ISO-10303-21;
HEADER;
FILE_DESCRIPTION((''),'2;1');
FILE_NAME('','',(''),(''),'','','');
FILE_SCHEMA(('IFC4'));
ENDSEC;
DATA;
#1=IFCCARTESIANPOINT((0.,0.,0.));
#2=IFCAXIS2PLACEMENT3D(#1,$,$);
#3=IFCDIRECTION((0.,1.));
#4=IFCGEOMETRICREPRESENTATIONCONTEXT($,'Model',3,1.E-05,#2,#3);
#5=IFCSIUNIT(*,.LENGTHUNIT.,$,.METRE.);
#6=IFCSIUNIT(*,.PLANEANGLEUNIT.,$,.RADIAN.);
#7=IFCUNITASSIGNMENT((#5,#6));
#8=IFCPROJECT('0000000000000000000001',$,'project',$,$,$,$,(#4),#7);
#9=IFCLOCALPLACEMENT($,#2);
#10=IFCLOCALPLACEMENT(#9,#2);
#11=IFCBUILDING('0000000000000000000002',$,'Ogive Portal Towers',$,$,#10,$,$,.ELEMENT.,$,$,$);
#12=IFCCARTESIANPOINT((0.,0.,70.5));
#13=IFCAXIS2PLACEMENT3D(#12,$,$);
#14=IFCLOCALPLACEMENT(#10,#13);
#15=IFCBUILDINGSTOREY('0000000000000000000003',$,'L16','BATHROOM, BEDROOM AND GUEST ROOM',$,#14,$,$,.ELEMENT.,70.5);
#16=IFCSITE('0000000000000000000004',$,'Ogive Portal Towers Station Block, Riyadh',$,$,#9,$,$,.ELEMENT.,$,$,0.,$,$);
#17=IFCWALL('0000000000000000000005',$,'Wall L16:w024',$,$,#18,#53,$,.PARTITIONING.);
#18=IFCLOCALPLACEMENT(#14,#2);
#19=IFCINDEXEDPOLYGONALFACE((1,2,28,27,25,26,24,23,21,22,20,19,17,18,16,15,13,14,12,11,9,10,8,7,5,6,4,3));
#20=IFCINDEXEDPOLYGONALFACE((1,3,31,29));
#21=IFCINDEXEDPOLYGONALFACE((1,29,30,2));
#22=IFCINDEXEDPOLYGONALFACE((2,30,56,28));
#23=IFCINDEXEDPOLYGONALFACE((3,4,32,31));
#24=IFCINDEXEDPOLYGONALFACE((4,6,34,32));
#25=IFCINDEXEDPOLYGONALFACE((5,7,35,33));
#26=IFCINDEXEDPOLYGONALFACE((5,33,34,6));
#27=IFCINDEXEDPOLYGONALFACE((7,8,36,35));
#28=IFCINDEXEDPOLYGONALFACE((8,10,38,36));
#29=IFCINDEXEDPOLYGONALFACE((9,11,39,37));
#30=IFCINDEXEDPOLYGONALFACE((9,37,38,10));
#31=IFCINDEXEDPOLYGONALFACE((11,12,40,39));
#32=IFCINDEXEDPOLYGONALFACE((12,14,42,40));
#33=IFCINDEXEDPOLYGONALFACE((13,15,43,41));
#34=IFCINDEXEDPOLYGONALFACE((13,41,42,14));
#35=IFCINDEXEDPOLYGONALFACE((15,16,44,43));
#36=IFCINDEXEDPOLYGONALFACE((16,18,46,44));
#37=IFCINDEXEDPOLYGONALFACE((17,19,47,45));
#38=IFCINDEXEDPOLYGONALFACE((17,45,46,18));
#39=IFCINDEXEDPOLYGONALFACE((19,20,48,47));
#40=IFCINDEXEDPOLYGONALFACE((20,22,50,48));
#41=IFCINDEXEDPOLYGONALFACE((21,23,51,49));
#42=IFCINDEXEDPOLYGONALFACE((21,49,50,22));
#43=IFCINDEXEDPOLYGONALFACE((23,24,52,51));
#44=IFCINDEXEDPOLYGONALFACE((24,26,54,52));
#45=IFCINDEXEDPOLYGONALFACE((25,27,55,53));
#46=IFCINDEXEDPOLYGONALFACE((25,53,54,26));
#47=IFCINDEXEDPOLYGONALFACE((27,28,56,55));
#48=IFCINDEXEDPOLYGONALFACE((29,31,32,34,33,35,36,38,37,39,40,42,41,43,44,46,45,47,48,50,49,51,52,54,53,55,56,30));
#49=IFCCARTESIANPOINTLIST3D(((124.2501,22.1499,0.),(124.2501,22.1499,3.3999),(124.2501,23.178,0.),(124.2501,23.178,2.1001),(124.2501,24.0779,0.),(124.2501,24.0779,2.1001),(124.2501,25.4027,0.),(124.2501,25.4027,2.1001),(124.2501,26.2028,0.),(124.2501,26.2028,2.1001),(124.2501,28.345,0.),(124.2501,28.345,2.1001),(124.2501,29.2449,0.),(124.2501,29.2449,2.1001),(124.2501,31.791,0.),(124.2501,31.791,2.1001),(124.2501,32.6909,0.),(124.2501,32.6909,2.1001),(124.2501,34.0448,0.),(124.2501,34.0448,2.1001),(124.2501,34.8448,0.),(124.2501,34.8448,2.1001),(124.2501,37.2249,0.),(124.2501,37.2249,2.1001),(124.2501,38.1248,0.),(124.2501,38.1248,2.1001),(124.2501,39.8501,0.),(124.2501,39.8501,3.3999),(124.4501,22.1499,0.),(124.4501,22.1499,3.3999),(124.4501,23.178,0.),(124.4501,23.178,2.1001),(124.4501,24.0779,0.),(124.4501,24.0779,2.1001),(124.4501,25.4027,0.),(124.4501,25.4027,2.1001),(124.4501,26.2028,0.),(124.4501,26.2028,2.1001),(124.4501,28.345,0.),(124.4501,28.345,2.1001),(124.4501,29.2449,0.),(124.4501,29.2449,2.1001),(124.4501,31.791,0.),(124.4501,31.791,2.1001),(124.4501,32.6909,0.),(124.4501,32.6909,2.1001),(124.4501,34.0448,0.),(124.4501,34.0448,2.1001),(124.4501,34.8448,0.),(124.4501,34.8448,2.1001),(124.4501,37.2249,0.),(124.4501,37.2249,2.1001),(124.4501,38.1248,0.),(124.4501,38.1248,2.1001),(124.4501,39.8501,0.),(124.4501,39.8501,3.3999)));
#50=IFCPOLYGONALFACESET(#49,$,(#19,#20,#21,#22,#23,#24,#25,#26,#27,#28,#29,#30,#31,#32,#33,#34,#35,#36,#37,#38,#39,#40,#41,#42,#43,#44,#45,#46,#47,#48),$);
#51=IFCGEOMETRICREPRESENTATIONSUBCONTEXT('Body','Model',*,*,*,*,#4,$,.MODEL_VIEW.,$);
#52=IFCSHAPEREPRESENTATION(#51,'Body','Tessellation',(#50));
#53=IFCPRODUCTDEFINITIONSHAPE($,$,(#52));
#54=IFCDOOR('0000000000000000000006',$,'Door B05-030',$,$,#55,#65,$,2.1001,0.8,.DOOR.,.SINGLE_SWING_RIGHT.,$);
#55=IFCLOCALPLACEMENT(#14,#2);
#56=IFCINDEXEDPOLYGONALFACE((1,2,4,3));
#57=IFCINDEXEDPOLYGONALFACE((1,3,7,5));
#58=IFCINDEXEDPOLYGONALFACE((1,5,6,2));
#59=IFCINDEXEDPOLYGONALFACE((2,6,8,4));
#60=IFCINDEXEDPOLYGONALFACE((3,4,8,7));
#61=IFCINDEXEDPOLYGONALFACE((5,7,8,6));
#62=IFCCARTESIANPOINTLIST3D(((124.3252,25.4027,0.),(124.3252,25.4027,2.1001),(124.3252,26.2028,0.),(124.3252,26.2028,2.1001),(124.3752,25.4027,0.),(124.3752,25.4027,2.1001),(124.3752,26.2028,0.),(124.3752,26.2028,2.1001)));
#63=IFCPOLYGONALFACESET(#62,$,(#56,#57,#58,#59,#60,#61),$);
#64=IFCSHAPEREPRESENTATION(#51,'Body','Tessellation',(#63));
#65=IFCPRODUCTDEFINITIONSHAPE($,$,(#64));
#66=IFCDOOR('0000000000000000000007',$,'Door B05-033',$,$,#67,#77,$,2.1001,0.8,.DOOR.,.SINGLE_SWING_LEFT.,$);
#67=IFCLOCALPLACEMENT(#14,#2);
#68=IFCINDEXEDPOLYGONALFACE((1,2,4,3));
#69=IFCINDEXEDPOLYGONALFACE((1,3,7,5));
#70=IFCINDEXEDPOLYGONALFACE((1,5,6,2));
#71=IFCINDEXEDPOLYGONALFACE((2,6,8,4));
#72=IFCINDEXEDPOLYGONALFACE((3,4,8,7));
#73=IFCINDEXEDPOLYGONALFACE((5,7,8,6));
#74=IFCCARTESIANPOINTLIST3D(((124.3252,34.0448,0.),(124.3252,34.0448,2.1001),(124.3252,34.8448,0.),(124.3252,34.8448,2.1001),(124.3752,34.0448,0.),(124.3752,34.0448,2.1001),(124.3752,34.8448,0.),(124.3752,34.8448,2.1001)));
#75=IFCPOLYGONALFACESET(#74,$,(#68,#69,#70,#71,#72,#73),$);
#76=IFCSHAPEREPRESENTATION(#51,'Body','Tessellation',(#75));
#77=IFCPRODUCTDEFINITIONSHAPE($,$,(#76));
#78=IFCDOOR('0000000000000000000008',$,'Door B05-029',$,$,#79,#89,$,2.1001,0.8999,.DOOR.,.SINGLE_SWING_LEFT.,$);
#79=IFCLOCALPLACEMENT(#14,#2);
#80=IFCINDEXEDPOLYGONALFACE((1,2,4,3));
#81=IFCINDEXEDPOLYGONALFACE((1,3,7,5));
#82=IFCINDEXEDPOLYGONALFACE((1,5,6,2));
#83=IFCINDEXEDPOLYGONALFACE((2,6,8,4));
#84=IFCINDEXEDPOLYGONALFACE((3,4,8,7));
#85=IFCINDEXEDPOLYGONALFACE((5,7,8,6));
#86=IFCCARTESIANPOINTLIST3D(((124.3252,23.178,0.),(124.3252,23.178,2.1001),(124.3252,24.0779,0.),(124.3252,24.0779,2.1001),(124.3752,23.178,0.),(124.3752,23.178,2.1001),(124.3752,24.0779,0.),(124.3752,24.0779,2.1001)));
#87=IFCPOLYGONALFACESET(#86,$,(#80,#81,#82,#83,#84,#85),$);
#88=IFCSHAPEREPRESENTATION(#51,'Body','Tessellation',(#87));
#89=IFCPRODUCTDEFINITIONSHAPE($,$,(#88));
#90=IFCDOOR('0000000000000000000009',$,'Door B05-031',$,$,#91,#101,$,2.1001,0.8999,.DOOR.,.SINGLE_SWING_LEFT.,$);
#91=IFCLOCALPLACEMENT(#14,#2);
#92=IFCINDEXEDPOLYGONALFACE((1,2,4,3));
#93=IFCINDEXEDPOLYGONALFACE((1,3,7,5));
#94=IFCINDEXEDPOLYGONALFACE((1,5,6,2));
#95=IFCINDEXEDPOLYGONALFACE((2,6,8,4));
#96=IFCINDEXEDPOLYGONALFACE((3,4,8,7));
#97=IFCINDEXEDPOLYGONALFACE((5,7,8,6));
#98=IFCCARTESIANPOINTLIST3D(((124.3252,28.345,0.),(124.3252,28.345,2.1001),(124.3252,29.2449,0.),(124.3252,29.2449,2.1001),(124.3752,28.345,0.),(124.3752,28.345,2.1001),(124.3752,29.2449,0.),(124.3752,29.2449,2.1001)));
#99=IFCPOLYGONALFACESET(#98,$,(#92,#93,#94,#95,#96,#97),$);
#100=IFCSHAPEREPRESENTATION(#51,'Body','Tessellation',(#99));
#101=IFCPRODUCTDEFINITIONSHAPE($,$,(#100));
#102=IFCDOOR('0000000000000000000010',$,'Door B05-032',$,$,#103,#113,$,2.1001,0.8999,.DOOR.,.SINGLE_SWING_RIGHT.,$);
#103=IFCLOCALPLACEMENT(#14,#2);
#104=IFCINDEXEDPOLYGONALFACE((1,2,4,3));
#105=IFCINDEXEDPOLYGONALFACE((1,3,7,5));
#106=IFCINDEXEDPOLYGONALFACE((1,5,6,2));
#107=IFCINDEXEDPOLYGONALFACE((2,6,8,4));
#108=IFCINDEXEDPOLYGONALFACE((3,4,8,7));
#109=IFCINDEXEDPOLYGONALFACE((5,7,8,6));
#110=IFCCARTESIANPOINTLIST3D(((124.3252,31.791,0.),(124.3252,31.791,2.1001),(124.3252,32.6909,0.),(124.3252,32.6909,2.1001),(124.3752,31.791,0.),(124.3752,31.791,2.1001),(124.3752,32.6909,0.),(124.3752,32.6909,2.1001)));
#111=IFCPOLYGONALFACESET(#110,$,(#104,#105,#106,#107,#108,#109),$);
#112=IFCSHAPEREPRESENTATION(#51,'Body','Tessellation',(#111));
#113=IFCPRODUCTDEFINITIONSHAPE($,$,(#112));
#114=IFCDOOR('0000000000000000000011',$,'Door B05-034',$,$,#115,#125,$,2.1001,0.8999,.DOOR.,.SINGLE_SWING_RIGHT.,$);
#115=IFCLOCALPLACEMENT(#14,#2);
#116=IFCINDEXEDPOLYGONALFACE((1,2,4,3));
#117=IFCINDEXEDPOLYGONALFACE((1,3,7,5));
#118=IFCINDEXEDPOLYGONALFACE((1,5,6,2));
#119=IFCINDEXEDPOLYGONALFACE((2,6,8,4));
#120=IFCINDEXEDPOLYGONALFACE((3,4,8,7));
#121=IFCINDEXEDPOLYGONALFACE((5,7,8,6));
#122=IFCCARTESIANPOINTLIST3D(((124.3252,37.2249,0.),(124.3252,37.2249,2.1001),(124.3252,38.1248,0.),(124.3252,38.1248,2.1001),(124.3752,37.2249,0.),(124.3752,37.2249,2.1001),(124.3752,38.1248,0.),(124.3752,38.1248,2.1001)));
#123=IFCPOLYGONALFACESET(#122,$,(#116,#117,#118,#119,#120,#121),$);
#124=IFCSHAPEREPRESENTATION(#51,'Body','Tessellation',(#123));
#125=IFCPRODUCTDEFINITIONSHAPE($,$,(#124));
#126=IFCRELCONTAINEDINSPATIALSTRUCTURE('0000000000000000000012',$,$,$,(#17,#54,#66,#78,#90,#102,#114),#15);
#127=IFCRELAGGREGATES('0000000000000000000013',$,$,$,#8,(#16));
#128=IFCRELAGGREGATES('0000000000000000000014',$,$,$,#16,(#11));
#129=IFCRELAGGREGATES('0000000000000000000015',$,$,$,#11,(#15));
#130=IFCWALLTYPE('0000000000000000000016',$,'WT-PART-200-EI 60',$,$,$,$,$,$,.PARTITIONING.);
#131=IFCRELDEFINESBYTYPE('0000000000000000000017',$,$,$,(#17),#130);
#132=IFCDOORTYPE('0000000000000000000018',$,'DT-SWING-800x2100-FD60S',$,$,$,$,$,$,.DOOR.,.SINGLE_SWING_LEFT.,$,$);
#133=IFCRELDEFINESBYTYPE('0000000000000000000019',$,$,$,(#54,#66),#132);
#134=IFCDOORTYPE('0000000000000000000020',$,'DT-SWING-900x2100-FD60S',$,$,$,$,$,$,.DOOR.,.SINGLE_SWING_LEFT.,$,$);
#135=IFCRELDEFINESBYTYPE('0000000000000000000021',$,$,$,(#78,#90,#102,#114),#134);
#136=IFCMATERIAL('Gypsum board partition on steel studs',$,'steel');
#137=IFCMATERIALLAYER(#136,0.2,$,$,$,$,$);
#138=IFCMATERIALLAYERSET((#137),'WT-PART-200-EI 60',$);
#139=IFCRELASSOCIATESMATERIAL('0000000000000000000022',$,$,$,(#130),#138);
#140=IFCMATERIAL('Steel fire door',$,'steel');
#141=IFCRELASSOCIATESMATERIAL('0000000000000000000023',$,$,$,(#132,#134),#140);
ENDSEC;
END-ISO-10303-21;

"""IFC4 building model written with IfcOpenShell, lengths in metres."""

from ifc_helpers import new_model, si_unit, direction, frame, frame_2d, origin, place, context, subcontext, project, spatial, rectangle, extrude, material, layer, layer_set, type_object, element, fill, save


model = new_model("IFC4")

# Units and contexts
model_context = context("Model", 3, precision=1e-05, world=origin(), true_north=direction((0.0, 1.0)))
body_context = subcontext(model_context, "Body", "Model", "MODEL_VIEW")
ifc_project = project(units=[si_unit("LENGTHUNIT", "METRE"), si_unit("PLANEANGLEUNIT", "RADIAN")], contexts=[model_context])

# Site, building, storey
site_placement = place(None, origin())
site = spatial("IfcSite", under=ifc_project, at=site_placement, Name="Ogive Portal Towers Station Block, Riyadh", CompositionType="ELEMENT", RefElevation=0.0)
building_placement = place(site_placement, origin())
building = spatial("IfcBuilding", under=site, at=building_placement, Name="Ogive Portal Towers", CompositionType="ELEMENT")
storey_placement = place(building_placement, frame((0.0, 0.0, 70.5)))
storey = spatial("IfcBuildingStorey", under=building, at=storey_placement, Name="L16", Description="BATHROOM, BEDROOM AND GUEST ROOM", CompositionType="ELEMENT", Elevation=70.5)

# Shared definitions
ifc_material_1 = material(Name="Steel fire door", Category="steel")

# Shared definitions
ifc_material_2 = material(Name="Gypsum board partition on steel studs", Category="steel")
ifc_layer_1 = layer(ifc_material_2, 0.2)
ifc_layer_set_1 = layer_set([ifc_layer_1], Name="WT-PART-200-EI 60")
wall_type_1 = type_object("IfcWallType", Name="WT-PART-200-EI 60", PredefinedType="PARTITIONING", material=ifc_layer_set_1)
door_type_1 = type_object("IfcDoorType", Name="DT-SWING-800x2100-FD60S", OperationType="SINGLE_SWING_LEFT", PredefinedType="DOOR", material=ifc_material_1)
door_type_2 = type_object("IfcDoorType", Name="DT-SWING-900x2100-FD60S", OperationType="SINGLE_SWING_LEFT", PredefinedType="DOOR", material=ifc_material_1)

# Wall, openings, doors
wall_1_placement = place(storey_placement, frame((124.3501, 22.1499, 0.0), z_axis=(0.0, 0.0, 1.0), x_axis=(0.0, 1.0, 0.0)))
wall_1 = element("IfcWall", 1, at=wall_1_placement, inside=storey, type_object=wall_type_1, Name="Wall L16:w024", PredefinedType="PARTITIONING", context=body_context, shape_type="SweptSolid", body=[
    extrude(rectangle(XDim=17.7002, YDim=0.2, at=frame_2d((8.8501, 0.0))), origin(), (0.0, 0.0, 1.0), 3.3999),
])
opening_1_placement = place(wall_1_placement, frame((1.0281, 0.0, 0.0)))
opening_1 = element("IfcOpeningElement", 2, at=opening_1_placement, cuts=wall_1, PredefinedType="OPENING", context=body_context, shape_type="SweptSolid", body=[
    extrude(rectangle(XDim=0.8999, YDim=2.1001, at=frame_2d((0.45, 1.05))), frame((0.0, 0.1099, 0.0), z_axis=(0.0, -1.0, 0.0), x_axis=(1.0, 0.0, 0.0)), (0.0, 0.0, 1.0), 0.22),
])
opening_2_placement = place(wall_1_placement, frame((3.2529, 0.0, 0.0)))
opening_2 = element("IfcOpeningElement", 3, at=opening_2_placement, cuts=wall_1, PredefinedType="OPENING", context=body_context, shape_type="SweptSolid", body=[
    extrude(rectangle(XDim=0.8, YDim=2.1001, at=frame_2d((0.3999, 1.05))), frame((0.0, 0.1099, 0.0), z_axis=(0.0, -1.0, 0.0), x_axis=(1.0, 0.0, 0.0)), (0.0, 0.0, 1.0), 0.22),
])
opening_3_placement = place(wall_1_placement, frame((6.1951, 0.0, 0.0)))
opening_3 = element("IfcOpeningElement", 4, at=opening_3_placement, cuts=wall_1, PredefinedType="OPENING", context=body_context, shape_type="SweptSolid", body=[
    extrude(rectangle(XDim=0.8999, YDim=2.1001, at=frame_2d((0.45, 1.05))), frame((0.0, 0.1099, 0.0), z_axis=(0.0, -1.0, 0.0), x_axis=(1.0, 0.0, 0.0)), (0.0, 0.0, 1.0), 0.22),
])
opening_4_placement = place(wall_1_placement, frame((9.6411, 0.0, 0.0)))
opening_4 = element("IfcOpeningElement", 5, at=opening_4_placement, cuts=wall_1, PredefinedType="OPENING", context=body_context, shape_type="SweptSolid", body=[
    extrude(rectangle(XDim=0.8999, YDim=2.1001, at=frame_2d((0.45, 1.05))), frame((0.0, 0.1099, 0.0), z_axis=(0.0, -1.0, 0.0), x_axis=(1.0, 0.0, 0.0)), (0.0, 0.0, 1.0), 0.22),
])
opening_5_placement = place(wall_1_placement, frame((11.895, 0.0, 0.0)))
opening_5 = element("IfcOpeningElement", 6, at=opening_5_placement, cuts=wall_1, PredefinedType="OPENING", context=body_context, shape_type="SweptSolid", body=[
    extrude(rectangle(XDim=0.8, YDim=2.1001, at=frame_2d((0.3999, 1.05))), frame((0.0, 0.1099, 0.0), z_axis=(0.0, -1.0, 0.0), x_axis=(1.0, 0.0, 0.0)), (0.0, 0.0, 1.0), 0.22),
])
opening_6_placement = place(wall_1_placement, frame((15.075, 0.0, 0.0)))
opening_6 = element("IfcOpeningElement", 7, at=opening_6_placement, cuts=wall_1, PredefinedType="OPENING", context=body_context, shape_type="SweptSolid", body=[
    extrude(rectangle(XDim=0.8999, YDim=2.1001, at=frame_2d((0.45, 1.05))), frame((0.0, 0.1099, 0.0), z_axis=(0.0, -1.0, 0.0), x_axis=(1.0, 0.0, 0.0)), (0.0, 0.0, 1.0), 0.22),
])
door_1_placement = place(opening_2_placement, origin())
door_1 = element("IfcDoor", 8, at=door_1_placement, inside=storey, type_object=door_type_1, Name="Door B05-030", OperationType="SINGLE_SWING_RIGHT", OverallHeight=2.1001, OverallWidth=0.8, PredefinedType="DOOR", context=body_context, shape_type="SweptSolid", body=[
    extrude(rectangle(XDim=0.8, YDim=2.1001, at=frame_2d((0.3999, 1.05))), frame((0.0, 0.0249, 0.0), z_axis=(0.0, -1.0, 0.0), x_axis=(1.0, 0.0, 0.0)), (0.0, 0.0, 1.0), 0.05),
])
fill(opening_2, door_1)
door_2_placement = place(opening_5_placement, origin())
door_2 = element("IfcDoor", 9, at=door_2_placement, inside=storey, type_object=door_type_1, Name="Door B05-033", OperationType="SINGLE_SWING_LEFT", OverallHeight=2.1001, OverallWidth=0.8, PredefinedType="DOOR", context=body_context, shape_type="SweptSolid", body=[
    extrude(rectangle(XDim=0.8, YDim=2.1001, at=frame_2d((0.3999, 1.05))), frame((0.0, 0.0249, 0.0), z_axis=(0.0, -1.0, 0.0), x_axis=(1.0, 0.0, 0.0)), (0.0, 0.0, 1.0), 0.05),
])
fill(opening_5, door_2)
door_3_placement = place(opening_1_placement, origin())
door_3 = element("IfcDoor", 10, at=door_3_placement, inside=storey, type_object=door_type_2, Name="Door B05-029", OperationType="SINGLE_SWING_LEFT", OverallHeight=2.1001, OverallWidth=0.8999, PredefinedType="DOOR", context=body_context, shape_type="SweptSolid", body=[
    extrude(rectangle(XDim=0.8999, YDim=2.1001, at=frame_2d((0.45, 1.05))), frame((0.0, 0.0249, 0.0), z_axis=(0.0, -1.0, 0.0), x_axis=(1.0, 0.0, 0.0)), (0.0, 0.0, 1.0), 0.05),
])
fill(opening_1, door_3)
door_4_placement = place(opening_3_placement, origin())
door_4 = element("IfcDoor", 11, at=door_4_placement, inside=storey, type_object=door_type_2, Name="Door B05-031", OperationType="SINGLE_SWING_LEFT", OverallHeight=2.1001, OverallWidth=0.8999, PredefinedType="DOOR", context=body_context, shape_type="SweptSolid", body=[
    extrude(rectangle(XDim=0.8999, YDim=2.1001, at=frame_2d((0.45, 1.05))), frame((0.0, 0.0249, 0.0), z_axis=(0.0, -1.0, 0.0), x_axis=(1.0, 0.0, 0.0)), (0.0, 0.0, 1.0), 0.05),
])
fill(opening_3, door_4)
door_5_placement = place(opening_4_placement, origin())
door_5 = element("IfcDoor", 12, at=door_5_placement, inside=storey, type_object=door_type_2, Name="Door B05-032", OperationType="SINGLE_SWING_RIGHT", OverallHeight=2.1001, OverallWidth=0.8999, PredefinedType="DOOR", context=body_context, shape_type="SweptSolid", body=[
    extrude(rectangle(XDim=0.8999, YDim=2.1001, at=frame_2d((0.45, 1.05))), frame((0.0, 0.0249, 0.0), z_axis=(0.0, -1.0, 0.0), x_axis=(1.0, 0.0, 0.0)), (0.0, 0.0, 1.0), 0.05),
])
fill(opening_4, door_5)
door_6_placement = place(opening_6_placement, origin())
door_6 = element("IfcDoor", 13, at=door_6_placement, inside=storey, type_object=door_type_2, Name="Door B05-034", OperationType="SINGLE_SWING_RIGHT", OverallHeight=2.1001, OverallWidth=0.8999, PredefinedType="DOOR", context=body_context, shape_type="SweptSolid", body=[
    extrude(rectangle(XDim=0.8999, YDim=2.1001, at=frame_2d((0.45, 1.05))), frame((0.0, 0.0249, 0.0), z_axis=(0.0, -1.0, 0.0), x_axis=(1.0, 0.0, 0.0)), (0.0, 0.0, 1.0), 0.05),
])
fill(opening_6, door_6)

save(model, "model.ifc")
